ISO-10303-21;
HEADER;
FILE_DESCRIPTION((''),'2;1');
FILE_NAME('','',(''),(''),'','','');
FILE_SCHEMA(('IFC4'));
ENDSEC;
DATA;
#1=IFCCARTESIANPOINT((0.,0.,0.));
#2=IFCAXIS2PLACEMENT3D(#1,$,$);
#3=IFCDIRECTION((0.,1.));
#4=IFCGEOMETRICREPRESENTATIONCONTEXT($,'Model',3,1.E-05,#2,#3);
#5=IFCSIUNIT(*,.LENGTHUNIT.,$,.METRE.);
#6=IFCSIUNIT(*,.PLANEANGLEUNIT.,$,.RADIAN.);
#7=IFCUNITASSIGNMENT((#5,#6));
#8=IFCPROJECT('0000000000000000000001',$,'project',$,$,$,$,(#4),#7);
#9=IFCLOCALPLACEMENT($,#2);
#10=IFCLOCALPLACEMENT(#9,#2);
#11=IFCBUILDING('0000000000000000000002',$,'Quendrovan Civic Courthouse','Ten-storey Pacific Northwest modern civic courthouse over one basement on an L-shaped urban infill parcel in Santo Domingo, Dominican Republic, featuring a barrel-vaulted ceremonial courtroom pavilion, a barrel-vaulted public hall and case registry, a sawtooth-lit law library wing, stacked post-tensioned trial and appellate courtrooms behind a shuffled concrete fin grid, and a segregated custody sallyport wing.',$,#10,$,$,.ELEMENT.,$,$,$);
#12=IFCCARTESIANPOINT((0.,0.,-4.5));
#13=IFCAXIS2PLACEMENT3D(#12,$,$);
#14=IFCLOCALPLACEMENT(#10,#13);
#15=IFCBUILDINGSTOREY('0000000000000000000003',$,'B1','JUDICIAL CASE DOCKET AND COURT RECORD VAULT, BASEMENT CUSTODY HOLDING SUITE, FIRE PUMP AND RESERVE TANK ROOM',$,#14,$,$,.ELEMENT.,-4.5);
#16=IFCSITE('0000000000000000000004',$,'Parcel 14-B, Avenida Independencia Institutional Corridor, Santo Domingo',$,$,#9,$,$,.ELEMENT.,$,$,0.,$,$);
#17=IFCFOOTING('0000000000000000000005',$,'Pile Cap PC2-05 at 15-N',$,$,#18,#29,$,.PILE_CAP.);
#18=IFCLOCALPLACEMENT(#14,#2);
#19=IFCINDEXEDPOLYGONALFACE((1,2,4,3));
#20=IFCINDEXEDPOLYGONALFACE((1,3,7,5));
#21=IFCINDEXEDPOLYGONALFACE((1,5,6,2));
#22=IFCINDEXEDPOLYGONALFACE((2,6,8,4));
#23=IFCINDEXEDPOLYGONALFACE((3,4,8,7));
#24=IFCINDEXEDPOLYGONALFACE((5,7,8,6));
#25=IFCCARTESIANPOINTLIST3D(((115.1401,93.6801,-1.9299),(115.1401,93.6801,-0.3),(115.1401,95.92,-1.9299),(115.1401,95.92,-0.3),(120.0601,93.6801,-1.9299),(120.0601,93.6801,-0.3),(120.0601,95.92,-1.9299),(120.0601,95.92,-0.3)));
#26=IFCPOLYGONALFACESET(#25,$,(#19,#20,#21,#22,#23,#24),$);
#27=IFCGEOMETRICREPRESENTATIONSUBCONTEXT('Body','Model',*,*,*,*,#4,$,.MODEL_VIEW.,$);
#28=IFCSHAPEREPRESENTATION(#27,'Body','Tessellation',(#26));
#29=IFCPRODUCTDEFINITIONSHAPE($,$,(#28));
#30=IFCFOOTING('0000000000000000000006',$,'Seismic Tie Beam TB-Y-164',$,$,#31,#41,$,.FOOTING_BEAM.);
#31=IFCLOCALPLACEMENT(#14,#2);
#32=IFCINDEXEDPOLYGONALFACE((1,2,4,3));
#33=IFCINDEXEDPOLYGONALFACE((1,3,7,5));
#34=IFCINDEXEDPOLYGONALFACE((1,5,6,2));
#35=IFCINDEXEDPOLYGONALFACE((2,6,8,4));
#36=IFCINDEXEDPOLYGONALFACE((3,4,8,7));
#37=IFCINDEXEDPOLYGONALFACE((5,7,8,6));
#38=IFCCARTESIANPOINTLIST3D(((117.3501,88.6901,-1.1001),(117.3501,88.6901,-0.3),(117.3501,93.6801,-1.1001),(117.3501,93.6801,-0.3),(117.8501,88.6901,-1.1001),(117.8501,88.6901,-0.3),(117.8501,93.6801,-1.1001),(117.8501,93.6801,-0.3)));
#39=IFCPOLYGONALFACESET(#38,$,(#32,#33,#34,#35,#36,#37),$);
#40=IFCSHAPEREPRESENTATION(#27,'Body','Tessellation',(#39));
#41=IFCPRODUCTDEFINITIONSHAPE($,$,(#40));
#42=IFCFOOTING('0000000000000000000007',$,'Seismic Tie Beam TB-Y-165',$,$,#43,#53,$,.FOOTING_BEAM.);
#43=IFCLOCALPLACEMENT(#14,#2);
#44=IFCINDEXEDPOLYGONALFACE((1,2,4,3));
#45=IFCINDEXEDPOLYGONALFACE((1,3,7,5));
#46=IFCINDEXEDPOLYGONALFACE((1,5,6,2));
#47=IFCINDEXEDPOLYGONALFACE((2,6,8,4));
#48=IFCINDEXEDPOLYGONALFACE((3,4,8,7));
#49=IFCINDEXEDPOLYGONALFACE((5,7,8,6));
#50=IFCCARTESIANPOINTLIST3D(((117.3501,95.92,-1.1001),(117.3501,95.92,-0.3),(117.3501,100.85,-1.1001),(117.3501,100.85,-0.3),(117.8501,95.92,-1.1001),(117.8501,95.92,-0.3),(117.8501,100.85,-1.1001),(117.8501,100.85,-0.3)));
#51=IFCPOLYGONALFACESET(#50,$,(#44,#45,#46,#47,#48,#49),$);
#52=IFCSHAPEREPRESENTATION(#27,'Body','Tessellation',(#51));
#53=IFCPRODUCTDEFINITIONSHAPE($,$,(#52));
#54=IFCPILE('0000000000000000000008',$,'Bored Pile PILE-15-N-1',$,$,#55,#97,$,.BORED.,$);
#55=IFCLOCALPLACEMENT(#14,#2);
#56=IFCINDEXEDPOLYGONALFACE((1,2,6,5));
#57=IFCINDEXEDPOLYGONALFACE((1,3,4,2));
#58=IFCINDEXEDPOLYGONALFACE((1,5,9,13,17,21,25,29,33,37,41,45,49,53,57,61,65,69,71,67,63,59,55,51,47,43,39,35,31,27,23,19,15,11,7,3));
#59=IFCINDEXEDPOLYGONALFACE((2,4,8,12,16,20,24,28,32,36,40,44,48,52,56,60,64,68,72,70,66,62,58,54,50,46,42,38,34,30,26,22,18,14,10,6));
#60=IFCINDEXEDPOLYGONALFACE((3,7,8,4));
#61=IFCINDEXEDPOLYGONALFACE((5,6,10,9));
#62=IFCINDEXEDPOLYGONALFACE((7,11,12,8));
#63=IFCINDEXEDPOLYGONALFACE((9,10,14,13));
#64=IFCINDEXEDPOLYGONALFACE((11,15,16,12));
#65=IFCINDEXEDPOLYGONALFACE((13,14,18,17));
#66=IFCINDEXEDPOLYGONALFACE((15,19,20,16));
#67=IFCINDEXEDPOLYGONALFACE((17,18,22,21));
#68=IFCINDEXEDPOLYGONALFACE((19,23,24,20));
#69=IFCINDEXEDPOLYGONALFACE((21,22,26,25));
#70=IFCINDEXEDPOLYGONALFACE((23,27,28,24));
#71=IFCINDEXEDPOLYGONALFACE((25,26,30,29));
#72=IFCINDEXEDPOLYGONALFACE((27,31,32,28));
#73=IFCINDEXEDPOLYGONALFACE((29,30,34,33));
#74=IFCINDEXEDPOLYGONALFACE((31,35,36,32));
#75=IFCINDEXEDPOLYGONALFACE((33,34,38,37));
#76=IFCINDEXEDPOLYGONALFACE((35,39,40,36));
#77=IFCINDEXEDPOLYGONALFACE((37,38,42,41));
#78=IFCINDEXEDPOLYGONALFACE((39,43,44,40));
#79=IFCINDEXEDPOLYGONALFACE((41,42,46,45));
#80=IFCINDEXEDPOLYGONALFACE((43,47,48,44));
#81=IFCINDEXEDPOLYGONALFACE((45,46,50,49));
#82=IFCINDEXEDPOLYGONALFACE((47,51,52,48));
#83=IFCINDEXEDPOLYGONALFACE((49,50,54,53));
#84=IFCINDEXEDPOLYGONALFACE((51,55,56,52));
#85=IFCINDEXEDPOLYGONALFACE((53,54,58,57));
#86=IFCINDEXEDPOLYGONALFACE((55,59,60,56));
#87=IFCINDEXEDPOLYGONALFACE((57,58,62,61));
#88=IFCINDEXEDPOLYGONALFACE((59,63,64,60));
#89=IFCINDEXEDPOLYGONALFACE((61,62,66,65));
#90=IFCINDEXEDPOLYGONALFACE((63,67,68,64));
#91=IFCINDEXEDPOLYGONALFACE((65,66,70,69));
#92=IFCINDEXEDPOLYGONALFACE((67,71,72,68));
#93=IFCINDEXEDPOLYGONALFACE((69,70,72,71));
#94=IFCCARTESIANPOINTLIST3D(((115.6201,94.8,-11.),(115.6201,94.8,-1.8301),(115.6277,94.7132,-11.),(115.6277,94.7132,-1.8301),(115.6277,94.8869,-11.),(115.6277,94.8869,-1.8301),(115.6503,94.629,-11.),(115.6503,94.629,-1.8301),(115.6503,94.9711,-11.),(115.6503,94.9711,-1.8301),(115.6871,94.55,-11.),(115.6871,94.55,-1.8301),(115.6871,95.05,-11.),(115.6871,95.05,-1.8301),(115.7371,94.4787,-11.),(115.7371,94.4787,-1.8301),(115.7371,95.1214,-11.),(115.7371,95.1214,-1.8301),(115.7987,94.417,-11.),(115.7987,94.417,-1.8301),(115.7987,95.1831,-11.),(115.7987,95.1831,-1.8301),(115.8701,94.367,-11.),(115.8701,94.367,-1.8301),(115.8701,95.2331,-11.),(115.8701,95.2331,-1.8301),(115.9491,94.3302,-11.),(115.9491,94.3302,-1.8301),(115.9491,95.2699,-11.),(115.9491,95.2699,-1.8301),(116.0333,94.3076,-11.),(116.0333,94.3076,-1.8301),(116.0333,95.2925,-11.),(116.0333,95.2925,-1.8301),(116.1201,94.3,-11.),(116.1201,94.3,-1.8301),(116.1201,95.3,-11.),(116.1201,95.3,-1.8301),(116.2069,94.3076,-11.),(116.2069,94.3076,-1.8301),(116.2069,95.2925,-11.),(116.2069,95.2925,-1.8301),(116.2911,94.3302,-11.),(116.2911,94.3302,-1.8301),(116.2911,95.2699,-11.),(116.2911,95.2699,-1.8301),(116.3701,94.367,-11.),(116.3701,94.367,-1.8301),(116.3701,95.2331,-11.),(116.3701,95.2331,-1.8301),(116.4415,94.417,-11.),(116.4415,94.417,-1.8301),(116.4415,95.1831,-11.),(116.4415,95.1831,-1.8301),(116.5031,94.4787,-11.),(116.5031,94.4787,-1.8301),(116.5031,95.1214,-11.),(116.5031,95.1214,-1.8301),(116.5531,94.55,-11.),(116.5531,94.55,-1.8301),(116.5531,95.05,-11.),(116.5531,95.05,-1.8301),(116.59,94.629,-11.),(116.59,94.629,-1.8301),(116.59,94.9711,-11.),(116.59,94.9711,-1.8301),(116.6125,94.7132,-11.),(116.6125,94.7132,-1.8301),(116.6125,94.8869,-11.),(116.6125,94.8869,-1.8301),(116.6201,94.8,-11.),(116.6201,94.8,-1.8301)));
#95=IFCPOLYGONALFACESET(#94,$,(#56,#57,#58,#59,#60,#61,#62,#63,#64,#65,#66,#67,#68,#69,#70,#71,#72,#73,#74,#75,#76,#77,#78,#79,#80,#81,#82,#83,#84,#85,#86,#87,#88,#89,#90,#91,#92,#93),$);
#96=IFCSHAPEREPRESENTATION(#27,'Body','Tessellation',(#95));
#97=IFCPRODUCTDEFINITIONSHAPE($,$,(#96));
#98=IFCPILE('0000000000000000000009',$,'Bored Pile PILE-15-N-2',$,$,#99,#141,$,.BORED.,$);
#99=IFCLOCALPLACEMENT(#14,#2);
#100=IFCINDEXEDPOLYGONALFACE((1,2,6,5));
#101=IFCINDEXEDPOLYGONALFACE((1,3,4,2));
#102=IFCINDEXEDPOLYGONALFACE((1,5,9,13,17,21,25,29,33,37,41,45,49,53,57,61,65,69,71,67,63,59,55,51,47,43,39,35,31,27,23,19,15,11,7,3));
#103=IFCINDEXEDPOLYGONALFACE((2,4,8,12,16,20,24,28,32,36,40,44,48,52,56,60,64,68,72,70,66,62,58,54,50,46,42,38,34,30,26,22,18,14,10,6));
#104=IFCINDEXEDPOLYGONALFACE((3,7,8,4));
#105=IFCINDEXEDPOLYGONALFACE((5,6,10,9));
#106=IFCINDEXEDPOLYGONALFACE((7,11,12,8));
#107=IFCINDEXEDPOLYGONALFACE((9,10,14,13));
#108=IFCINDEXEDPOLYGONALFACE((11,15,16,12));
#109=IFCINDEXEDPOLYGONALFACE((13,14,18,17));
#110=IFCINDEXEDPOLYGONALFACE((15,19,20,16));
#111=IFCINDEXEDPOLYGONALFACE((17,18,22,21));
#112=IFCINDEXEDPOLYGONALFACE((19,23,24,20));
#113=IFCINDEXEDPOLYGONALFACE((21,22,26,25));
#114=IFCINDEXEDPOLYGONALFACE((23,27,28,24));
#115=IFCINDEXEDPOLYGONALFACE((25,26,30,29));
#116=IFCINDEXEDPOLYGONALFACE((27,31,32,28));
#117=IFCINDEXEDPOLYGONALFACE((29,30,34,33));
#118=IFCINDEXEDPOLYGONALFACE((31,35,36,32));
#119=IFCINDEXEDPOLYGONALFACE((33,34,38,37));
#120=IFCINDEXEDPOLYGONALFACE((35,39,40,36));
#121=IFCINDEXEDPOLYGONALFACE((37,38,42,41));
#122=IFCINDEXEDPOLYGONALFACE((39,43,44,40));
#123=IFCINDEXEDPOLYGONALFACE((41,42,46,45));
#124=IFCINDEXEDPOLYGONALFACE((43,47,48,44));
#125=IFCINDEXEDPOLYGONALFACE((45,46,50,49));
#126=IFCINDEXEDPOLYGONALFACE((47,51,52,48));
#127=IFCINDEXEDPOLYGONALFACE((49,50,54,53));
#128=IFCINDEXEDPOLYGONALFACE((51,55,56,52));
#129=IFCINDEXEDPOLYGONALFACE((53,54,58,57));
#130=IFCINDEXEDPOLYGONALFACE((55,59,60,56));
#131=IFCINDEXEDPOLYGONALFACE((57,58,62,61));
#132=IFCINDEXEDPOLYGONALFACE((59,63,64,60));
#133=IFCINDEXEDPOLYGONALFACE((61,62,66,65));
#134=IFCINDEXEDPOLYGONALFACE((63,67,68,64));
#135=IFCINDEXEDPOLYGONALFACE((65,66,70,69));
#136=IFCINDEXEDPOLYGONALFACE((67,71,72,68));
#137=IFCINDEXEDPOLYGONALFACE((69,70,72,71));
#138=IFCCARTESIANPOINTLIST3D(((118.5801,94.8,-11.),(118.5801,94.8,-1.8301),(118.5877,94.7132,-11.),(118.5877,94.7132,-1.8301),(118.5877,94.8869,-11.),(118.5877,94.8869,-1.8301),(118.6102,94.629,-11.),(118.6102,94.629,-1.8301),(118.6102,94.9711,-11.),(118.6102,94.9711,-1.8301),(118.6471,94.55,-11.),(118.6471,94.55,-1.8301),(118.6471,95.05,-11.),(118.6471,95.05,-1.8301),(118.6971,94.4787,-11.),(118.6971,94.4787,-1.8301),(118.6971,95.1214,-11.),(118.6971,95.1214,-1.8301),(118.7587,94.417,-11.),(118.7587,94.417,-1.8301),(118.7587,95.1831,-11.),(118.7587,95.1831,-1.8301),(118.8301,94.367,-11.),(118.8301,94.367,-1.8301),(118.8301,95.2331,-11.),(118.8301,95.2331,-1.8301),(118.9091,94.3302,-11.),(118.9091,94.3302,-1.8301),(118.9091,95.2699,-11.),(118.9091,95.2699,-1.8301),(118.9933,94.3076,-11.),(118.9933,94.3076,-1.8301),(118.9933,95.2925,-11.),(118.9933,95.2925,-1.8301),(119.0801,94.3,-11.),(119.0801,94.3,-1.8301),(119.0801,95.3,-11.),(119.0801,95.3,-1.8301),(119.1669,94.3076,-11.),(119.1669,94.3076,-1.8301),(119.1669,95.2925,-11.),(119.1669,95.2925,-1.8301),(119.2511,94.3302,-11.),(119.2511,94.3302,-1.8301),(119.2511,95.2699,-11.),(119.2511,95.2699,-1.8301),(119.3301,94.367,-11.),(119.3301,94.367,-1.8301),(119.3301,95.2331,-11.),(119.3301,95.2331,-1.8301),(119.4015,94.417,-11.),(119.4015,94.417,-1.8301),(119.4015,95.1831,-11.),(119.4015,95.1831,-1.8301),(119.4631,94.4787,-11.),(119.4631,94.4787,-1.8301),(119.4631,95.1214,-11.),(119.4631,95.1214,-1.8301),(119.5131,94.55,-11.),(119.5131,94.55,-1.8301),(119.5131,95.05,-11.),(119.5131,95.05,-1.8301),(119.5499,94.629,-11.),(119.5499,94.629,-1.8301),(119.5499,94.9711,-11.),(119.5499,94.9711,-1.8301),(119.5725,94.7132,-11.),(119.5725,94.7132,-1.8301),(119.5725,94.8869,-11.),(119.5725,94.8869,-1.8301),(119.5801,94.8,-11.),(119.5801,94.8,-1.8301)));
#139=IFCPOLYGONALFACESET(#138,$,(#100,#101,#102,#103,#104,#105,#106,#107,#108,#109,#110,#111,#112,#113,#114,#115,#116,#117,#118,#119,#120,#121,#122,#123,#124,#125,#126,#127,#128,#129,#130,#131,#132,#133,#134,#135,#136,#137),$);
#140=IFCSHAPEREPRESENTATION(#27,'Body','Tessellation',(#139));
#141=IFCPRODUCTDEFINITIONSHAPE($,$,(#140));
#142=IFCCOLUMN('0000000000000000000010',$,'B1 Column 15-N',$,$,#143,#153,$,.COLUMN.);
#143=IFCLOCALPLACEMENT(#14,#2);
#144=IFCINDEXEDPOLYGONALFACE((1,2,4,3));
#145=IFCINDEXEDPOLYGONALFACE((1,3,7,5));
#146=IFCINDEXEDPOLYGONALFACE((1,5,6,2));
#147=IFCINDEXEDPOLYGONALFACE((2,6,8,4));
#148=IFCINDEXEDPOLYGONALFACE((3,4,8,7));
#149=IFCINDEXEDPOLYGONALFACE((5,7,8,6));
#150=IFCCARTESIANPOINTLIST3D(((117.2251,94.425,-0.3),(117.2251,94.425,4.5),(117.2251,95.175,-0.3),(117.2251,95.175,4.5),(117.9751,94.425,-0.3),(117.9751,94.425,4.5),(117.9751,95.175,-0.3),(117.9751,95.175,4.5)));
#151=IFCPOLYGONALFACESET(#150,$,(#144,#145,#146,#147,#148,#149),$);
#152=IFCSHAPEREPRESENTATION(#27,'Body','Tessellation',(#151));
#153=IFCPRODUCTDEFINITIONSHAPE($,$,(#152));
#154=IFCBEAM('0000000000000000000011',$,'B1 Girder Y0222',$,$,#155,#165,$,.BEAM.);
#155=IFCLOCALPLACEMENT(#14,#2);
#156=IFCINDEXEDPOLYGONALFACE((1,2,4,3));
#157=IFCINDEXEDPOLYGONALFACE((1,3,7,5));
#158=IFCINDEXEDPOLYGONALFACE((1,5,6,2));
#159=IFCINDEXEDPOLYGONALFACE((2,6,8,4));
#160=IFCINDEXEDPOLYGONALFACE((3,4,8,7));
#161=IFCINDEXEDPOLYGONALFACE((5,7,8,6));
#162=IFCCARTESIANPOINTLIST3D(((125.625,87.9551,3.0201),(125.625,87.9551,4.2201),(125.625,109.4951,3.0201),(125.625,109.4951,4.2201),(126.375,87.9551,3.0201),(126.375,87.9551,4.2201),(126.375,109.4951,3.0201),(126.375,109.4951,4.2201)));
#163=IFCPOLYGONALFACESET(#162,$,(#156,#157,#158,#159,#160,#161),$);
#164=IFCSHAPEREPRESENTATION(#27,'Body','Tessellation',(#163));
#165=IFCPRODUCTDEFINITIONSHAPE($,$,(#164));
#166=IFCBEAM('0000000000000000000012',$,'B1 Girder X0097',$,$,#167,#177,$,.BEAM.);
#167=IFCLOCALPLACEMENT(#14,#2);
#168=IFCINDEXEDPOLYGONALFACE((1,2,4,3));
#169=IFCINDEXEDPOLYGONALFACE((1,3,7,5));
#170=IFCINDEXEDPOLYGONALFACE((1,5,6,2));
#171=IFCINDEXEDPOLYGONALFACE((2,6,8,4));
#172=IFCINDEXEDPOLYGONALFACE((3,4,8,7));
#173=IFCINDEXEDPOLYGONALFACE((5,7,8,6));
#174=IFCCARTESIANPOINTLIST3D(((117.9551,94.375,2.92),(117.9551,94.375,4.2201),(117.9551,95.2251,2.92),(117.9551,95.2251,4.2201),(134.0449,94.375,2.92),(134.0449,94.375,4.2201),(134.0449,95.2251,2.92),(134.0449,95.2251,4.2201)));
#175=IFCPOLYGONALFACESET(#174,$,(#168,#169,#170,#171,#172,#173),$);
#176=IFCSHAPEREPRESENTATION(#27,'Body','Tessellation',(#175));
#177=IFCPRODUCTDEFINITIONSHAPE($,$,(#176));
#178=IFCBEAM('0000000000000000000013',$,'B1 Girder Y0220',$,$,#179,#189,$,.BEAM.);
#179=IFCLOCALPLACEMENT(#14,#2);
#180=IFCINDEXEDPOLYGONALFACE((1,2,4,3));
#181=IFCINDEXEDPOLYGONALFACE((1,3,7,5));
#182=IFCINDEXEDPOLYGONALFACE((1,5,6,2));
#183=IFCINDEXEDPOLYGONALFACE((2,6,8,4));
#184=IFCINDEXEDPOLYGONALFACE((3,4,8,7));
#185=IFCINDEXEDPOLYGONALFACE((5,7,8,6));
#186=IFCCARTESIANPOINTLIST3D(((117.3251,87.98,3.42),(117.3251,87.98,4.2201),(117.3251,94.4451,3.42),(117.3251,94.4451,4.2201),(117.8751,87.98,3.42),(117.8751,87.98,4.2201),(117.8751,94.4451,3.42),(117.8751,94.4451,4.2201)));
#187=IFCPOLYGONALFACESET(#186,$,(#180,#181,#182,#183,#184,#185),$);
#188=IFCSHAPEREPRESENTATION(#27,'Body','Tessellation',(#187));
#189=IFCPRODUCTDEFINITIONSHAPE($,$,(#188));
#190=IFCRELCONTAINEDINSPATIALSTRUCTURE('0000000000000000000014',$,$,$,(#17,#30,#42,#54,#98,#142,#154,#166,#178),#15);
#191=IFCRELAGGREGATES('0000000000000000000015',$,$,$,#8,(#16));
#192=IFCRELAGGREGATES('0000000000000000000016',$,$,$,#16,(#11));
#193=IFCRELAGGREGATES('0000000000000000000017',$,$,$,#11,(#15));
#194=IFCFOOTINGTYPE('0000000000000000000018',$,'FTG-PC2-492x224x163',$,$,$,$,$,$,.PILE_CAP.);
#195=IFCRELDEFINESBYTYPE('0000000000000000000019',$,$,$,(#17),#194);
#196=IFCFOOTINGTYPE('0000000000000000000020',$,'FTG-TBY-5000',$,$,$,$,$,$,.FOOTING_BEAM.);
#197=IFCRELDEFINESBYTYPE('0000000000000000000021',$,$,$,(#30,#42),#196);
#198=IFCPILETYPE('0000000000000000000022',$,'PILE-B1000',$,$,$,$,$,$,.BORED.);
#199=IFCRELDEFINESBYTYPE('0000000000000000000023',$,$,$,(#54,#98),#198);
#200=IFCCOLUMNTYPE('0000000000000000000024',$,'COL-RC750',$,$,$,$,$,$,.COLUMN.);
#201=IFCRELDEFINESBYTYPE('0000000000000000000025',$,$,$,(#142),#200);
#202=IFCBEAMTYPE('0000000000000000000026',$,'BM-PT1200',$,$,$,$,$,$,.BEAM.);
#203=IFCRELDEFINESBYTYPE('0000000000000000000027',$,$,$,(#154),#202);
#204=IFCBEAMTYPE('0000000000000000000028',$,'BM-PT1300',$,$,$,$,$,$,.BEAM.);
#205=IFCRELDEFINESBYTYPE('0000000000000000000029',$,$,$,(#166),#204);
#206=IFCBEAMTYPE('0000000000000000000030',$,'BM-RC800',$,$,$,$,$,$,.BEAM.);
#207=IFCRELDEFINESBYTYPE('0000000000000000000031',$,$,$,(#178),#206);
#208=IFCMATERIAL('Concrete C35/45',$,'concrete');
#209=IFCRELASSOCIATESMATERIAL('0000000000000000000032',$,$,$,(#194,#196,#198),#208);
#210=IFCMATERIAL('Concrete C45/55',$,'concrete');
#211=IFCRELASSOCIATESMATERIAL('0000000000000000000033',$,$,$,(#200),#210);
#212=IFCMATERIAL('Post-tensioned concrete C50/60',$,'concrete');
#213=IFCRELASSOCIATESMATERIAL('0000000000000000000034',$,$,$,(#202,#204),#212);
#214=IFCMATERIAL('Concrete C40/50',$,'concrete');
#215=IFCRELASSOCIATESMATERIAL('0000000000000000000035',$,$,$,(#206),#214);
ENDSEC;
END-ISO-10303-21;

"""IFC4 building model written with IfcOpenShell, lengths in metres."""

from ifc_helpers import new_model, si_unit, direction, frame, origin, origin_2d, place, context, subcontext, project, spatial, rectangle, circle, extrude, material, material_profile, profile_set, type_object, element, save


model = new_model("IFC4")

# Units and contexts
model_context = context("Model", 3, precision=1e-05, world=origin(), true_north=direction((0.0, 1.0)))
body_context = subcontext(model_context, "Body", "Model", "MODEL_VIEW")
ifc_project = project(units=[si_unit("LENGTHUNIT", "METRE"), si_unit("PLANEANGLEUNIT", "RADIAN")], contexts=[model_context])

# Site, building, storey
site_placement = place(None, origin())
site = spatial("IfcSite", under=ifc_project, at=site_placement, Name="Parcel 14-B, Avenida Independencia Institutional Corridor, Santo Domingo", CompositionType="ELEMENT", RefElevation=0.0)
building_placement = place(site_placement, origin())
building = spatial("IfcBuilding", under=site, at=building_placement, Name="Quendrovan Civic Courthouse", Description="Ten-storey Pacific Northwest modern civic courthouse over one basement on an L-shaped urban infill parcel in Santo Domingo, Dominican Republic, featuring a barrel-vaulted ceremonial courtroom pavilion, a barrel-vaulted public hall and case registry, a sawtooth-lit law library wing, stacked post-tensioned trial and appellate courtrooms behind a shuffled concrete fin grid, and a segregated custody sallyport wing.", CompositionType="ELEMENT")
storey_placement = place(building_placement, frame((0.0, 0.0, -4.5)))
storey = spatial("IfcBuildingStorey", under=building, at=storey_placement, Name="B1", Description="JUDICIAL CASE DOCKET AND COURT RECORD VAULT, BASEMENT CUSTODY HOLDING SUITE, FIRE PUMP AND RESERVE TANK ROOM", CompositionType="ELEMENT", Elevation=-4.5)

# Footings
ifc_material_1 = material(Name="Concrete C35/45", Category="concrete")
footing_type_1 = type_object("IfcFootingType", Name="FTG-PC2-492x224x163", PredefinedType="PILE_CAP", material=ifc_material_1)
footing_1_placement = place(storey_placement, frame((117.6001, 94.8, -1.9299), z_axis=(0.0, 0.0, 1.0), x_axis=(1.0, 0.0, 0.0)))
element("IfcFooting", 1, at=footing_1_placement, inside=storey, type_object=footing_type_1, Name="Pile Cap PC2-05 at 15-N", PredefinedType="PILE_CAP", context=body_context, shape_type="SweptSolid", body=[
    extrude(rectangle(XDim=4.9199, YDim=2.24, at=origin_2d()), origin(), (0.0, 0.0, 1.0), 1.6299),
])
footing_type_2 = type_object("IfcFootingType", Name="FTG-TBY-5000", PredefinedType="FOOTING_BEAM", material=ifc_material_1)
footing_2_placement = place(storey_placement, frame((117.6001, 91.1851, -1.1001), z_axis=(0.0, 0.0, 1.0), x_axis=(1.0, 0.0, 0.0)))
element("IfcFooting", 2, at=footing_2_placement, inside=storey, type_object=footing_type_2, Name="Seismic Tie Beam TB-Y-164", PredefinedType="FOOTING_BEAM", context=body_context, shape_type="SweptSolid", body=[
    extrude(rectangle(XDim=0.5, YDim=4.99, at=origin_2d()), origin(), (0.0, 0.0, 1.0), 0.8),
])
footing_3_placement = place(storey_placement, frame((117.6001, 98.385, -1.1001), z_axis=(0.0, 0.0, 1.0), x_axis=(1.0, 0.0, 0.0)))
element("IfcFooting", 3, at=footing_3_placement, inside=storey, type_object=footing_type_2, Name="Seismic Tie Beam TB-Y-165", PredefinedType="FOOTING_BEAM", context=body_context, shape_type="SweptSolid", body=[
    extrude(rectangle(XDim=0.5, YDim=4.9299, at=origin_2d()), origin(), (0.0, 0.0, 1.0), 0.8),
])

# Piles
ifc_material_profile_1 = material_profile(ifc_material_1, circle(Radius=0.5, at=origin_2d()), Name="PILE-D1000")
ifc_profile_set_1 = profile_set([ifc_material_profile_1], Name="Concrete C35/45")
pile_type = type_object("IfcPileType", Name="PILE-B1000", PredefinedType="BORED", material=ifc_profile_set_1)
for number, where, z_axis, x_axis, name in (
    (4, (116.1201, 94.8, -1.8301), (0.0, 0.0, -1.0), (1.0, 0.0, 0.0), "Bored Pile PILE-15-N-1"),
    (5, (119.0801, 94.8, -1.8301), (0.0, 0.0, -1.0), (1.0, 0.0, 0.0), "Bored Pile PILE-15-N-2"),
):
    element("IfcPile", number, at=place(storey_placement, frame(where, z_axis=z_axis, x_axis=x_axis)), inside=storey, type_object=pile_type, Name=name, PredefinedType="BORED", context=body_context, shape_type="SweptSolid", body=[
        extrude(circle(Radius=0.5, at=origin_2d()), origin(), (0.0, 0.0, 1.0), 9.1699),
    ])

# Column
ifc_material_2 = material(Name="Concrete C45/55", Category="concrete")
ifc_material_profile_2 = material_profile(ifc_material_2, rectangle(XDim=0.75, YDim=0.75, at=origin_2d()), Name="RC-COL-750x750")
ifc_profile_set_2 = profile_set([ifc_material_profile_2], Name="Concrete C45/55")
column_type = type_object("IfcColumnType", Name="COL-RC750", PredefinedType="COLUMN", material=ifc_profile_set_2)
column_placement = place(storey_placement, frame((117.6001, 94.8, -0.3), z_axis=(0.0, 0.0, 1.0), x_axis=(1.0, 0.0, 0.0)))
element("IfcColumn", 6, at=column_placement, inside=storey, type_object=column_type, Name="B1 Column 15-N", PredefinedType="COLUMN", context=body_context, shape_type="SweptSolid", body=[
    extrude(rectangle(XDim=0.75, YDim=0.75, at=origin_2d()), origin(), (0.0, 0.0, 1.0), 4.8),
])

# Beams
ifc_material_3 = material(Name="Post-tensioned concrete C50/60", Category="concrete")
ifc_material_profile_3 = material_profile(ifc_material_3, rectangle(XDim=0.75, YDim=1.2, at=origin_2d()), Name="PT-GIRD-750x1200")
ifc_profile_set_3 = profile_set([ifc_material_profile_3], Name="Post-tensioned concrete C50/60")
beam_type_1 = type_object("IfcBeamType", Name="BM-PT1200", PredefinedType="BEAM", material=ifc_profile_set_3)
beam_1_placement = place(storey_placement, frame((126.0, 87.9551, 3.6201), z_axis=(0.0, 1.0, 0.0), x_axis=(-1.0, 0.0, 0.0)))
element("IfcBeam", 7, at=beam_1_placement, inside=storey, type_object=beam_type_1, Name="B1 Girder Y0222", PredefinedType="BEAM", context=body_context, shape_type="SweptSolid", body=[
    extrude(rectangle(XDim=0.75, YDim=1.2, at=origin_2d()), origin(), (0.0, 0.0, 1.0), 21.54),
])
ifc_material_profile_4 = material_profile(ifc_material_3, rectangle(XDim=0.8501, YDim=1.3, at=origin_2d()), Name="PT-GRD-850x1300")
ifc_profile_set_4 = profile_set([ifc_material_profile_4], Name="Post-tensioned concrete C50/60")
beam_type_2 = type_object("IfcBeamType", Name="BM-PT1300", PredefinedType="BEAM", material=ifc_profile_set_4)
beam_2_placement = place(storey_placement, frame((117.9551, 94.8, 3.5701), z_axis=(1.0, 0.0, 0.0), x_axis=(0.0, 1.0, 0.0)))
element("IfcBeam", 8, at=beam_2_placement, inside=storey, type_object=beam_type_2, Name="B1 Girder X0097", PredefinedType="BEAM", context=body_context, shape_type="SweptSolid", body=[
    extrude(rectangle(XDim=0.8501, YDim=1.3, at=origin_2d()), origin(), (0.0, 0.0, 1.0), 16.0898),
])
ifc_material_4 = material(Name="Concrete C40/50", Category="concrete")
ifc_material_profile_5 = material_profile(ifc_material_4, rectangle(XDim=0.55, YDim=0.8, at=origin_2d()), Name="RC-BM-550x800")
ifc_profile_set_5 = profile_set([ifc_material_profile_5], Name="Concrete C40/50")
beam_type_3 = type_object("IfcBeamType", Name="BM-RC800", PredefinedType="BEAM", material=ifc_profile_set_5)
beam_3_placement = place(storey_placement, frame((117.6001, 87.98, 3.8201), z_axis=(0.0, 1.0, 0.0), x_axis=(-1.0, 0.0, 0.0)))
element("IfcBeam", 9, at=beam_3_placement, inside=storey, type_object=beam_type_3, Name="B1 Girder Y0220", PredefinedType="BEAM", context=body_context, shape_type="SweptSolid", body=[
    extrude(rectangle(XDim=0.55, YDim=0.8, at=origin_2d()), origin(), (0.0, 0.0, 1.0), 6.4651),
])

save(model, "model.ifc")
